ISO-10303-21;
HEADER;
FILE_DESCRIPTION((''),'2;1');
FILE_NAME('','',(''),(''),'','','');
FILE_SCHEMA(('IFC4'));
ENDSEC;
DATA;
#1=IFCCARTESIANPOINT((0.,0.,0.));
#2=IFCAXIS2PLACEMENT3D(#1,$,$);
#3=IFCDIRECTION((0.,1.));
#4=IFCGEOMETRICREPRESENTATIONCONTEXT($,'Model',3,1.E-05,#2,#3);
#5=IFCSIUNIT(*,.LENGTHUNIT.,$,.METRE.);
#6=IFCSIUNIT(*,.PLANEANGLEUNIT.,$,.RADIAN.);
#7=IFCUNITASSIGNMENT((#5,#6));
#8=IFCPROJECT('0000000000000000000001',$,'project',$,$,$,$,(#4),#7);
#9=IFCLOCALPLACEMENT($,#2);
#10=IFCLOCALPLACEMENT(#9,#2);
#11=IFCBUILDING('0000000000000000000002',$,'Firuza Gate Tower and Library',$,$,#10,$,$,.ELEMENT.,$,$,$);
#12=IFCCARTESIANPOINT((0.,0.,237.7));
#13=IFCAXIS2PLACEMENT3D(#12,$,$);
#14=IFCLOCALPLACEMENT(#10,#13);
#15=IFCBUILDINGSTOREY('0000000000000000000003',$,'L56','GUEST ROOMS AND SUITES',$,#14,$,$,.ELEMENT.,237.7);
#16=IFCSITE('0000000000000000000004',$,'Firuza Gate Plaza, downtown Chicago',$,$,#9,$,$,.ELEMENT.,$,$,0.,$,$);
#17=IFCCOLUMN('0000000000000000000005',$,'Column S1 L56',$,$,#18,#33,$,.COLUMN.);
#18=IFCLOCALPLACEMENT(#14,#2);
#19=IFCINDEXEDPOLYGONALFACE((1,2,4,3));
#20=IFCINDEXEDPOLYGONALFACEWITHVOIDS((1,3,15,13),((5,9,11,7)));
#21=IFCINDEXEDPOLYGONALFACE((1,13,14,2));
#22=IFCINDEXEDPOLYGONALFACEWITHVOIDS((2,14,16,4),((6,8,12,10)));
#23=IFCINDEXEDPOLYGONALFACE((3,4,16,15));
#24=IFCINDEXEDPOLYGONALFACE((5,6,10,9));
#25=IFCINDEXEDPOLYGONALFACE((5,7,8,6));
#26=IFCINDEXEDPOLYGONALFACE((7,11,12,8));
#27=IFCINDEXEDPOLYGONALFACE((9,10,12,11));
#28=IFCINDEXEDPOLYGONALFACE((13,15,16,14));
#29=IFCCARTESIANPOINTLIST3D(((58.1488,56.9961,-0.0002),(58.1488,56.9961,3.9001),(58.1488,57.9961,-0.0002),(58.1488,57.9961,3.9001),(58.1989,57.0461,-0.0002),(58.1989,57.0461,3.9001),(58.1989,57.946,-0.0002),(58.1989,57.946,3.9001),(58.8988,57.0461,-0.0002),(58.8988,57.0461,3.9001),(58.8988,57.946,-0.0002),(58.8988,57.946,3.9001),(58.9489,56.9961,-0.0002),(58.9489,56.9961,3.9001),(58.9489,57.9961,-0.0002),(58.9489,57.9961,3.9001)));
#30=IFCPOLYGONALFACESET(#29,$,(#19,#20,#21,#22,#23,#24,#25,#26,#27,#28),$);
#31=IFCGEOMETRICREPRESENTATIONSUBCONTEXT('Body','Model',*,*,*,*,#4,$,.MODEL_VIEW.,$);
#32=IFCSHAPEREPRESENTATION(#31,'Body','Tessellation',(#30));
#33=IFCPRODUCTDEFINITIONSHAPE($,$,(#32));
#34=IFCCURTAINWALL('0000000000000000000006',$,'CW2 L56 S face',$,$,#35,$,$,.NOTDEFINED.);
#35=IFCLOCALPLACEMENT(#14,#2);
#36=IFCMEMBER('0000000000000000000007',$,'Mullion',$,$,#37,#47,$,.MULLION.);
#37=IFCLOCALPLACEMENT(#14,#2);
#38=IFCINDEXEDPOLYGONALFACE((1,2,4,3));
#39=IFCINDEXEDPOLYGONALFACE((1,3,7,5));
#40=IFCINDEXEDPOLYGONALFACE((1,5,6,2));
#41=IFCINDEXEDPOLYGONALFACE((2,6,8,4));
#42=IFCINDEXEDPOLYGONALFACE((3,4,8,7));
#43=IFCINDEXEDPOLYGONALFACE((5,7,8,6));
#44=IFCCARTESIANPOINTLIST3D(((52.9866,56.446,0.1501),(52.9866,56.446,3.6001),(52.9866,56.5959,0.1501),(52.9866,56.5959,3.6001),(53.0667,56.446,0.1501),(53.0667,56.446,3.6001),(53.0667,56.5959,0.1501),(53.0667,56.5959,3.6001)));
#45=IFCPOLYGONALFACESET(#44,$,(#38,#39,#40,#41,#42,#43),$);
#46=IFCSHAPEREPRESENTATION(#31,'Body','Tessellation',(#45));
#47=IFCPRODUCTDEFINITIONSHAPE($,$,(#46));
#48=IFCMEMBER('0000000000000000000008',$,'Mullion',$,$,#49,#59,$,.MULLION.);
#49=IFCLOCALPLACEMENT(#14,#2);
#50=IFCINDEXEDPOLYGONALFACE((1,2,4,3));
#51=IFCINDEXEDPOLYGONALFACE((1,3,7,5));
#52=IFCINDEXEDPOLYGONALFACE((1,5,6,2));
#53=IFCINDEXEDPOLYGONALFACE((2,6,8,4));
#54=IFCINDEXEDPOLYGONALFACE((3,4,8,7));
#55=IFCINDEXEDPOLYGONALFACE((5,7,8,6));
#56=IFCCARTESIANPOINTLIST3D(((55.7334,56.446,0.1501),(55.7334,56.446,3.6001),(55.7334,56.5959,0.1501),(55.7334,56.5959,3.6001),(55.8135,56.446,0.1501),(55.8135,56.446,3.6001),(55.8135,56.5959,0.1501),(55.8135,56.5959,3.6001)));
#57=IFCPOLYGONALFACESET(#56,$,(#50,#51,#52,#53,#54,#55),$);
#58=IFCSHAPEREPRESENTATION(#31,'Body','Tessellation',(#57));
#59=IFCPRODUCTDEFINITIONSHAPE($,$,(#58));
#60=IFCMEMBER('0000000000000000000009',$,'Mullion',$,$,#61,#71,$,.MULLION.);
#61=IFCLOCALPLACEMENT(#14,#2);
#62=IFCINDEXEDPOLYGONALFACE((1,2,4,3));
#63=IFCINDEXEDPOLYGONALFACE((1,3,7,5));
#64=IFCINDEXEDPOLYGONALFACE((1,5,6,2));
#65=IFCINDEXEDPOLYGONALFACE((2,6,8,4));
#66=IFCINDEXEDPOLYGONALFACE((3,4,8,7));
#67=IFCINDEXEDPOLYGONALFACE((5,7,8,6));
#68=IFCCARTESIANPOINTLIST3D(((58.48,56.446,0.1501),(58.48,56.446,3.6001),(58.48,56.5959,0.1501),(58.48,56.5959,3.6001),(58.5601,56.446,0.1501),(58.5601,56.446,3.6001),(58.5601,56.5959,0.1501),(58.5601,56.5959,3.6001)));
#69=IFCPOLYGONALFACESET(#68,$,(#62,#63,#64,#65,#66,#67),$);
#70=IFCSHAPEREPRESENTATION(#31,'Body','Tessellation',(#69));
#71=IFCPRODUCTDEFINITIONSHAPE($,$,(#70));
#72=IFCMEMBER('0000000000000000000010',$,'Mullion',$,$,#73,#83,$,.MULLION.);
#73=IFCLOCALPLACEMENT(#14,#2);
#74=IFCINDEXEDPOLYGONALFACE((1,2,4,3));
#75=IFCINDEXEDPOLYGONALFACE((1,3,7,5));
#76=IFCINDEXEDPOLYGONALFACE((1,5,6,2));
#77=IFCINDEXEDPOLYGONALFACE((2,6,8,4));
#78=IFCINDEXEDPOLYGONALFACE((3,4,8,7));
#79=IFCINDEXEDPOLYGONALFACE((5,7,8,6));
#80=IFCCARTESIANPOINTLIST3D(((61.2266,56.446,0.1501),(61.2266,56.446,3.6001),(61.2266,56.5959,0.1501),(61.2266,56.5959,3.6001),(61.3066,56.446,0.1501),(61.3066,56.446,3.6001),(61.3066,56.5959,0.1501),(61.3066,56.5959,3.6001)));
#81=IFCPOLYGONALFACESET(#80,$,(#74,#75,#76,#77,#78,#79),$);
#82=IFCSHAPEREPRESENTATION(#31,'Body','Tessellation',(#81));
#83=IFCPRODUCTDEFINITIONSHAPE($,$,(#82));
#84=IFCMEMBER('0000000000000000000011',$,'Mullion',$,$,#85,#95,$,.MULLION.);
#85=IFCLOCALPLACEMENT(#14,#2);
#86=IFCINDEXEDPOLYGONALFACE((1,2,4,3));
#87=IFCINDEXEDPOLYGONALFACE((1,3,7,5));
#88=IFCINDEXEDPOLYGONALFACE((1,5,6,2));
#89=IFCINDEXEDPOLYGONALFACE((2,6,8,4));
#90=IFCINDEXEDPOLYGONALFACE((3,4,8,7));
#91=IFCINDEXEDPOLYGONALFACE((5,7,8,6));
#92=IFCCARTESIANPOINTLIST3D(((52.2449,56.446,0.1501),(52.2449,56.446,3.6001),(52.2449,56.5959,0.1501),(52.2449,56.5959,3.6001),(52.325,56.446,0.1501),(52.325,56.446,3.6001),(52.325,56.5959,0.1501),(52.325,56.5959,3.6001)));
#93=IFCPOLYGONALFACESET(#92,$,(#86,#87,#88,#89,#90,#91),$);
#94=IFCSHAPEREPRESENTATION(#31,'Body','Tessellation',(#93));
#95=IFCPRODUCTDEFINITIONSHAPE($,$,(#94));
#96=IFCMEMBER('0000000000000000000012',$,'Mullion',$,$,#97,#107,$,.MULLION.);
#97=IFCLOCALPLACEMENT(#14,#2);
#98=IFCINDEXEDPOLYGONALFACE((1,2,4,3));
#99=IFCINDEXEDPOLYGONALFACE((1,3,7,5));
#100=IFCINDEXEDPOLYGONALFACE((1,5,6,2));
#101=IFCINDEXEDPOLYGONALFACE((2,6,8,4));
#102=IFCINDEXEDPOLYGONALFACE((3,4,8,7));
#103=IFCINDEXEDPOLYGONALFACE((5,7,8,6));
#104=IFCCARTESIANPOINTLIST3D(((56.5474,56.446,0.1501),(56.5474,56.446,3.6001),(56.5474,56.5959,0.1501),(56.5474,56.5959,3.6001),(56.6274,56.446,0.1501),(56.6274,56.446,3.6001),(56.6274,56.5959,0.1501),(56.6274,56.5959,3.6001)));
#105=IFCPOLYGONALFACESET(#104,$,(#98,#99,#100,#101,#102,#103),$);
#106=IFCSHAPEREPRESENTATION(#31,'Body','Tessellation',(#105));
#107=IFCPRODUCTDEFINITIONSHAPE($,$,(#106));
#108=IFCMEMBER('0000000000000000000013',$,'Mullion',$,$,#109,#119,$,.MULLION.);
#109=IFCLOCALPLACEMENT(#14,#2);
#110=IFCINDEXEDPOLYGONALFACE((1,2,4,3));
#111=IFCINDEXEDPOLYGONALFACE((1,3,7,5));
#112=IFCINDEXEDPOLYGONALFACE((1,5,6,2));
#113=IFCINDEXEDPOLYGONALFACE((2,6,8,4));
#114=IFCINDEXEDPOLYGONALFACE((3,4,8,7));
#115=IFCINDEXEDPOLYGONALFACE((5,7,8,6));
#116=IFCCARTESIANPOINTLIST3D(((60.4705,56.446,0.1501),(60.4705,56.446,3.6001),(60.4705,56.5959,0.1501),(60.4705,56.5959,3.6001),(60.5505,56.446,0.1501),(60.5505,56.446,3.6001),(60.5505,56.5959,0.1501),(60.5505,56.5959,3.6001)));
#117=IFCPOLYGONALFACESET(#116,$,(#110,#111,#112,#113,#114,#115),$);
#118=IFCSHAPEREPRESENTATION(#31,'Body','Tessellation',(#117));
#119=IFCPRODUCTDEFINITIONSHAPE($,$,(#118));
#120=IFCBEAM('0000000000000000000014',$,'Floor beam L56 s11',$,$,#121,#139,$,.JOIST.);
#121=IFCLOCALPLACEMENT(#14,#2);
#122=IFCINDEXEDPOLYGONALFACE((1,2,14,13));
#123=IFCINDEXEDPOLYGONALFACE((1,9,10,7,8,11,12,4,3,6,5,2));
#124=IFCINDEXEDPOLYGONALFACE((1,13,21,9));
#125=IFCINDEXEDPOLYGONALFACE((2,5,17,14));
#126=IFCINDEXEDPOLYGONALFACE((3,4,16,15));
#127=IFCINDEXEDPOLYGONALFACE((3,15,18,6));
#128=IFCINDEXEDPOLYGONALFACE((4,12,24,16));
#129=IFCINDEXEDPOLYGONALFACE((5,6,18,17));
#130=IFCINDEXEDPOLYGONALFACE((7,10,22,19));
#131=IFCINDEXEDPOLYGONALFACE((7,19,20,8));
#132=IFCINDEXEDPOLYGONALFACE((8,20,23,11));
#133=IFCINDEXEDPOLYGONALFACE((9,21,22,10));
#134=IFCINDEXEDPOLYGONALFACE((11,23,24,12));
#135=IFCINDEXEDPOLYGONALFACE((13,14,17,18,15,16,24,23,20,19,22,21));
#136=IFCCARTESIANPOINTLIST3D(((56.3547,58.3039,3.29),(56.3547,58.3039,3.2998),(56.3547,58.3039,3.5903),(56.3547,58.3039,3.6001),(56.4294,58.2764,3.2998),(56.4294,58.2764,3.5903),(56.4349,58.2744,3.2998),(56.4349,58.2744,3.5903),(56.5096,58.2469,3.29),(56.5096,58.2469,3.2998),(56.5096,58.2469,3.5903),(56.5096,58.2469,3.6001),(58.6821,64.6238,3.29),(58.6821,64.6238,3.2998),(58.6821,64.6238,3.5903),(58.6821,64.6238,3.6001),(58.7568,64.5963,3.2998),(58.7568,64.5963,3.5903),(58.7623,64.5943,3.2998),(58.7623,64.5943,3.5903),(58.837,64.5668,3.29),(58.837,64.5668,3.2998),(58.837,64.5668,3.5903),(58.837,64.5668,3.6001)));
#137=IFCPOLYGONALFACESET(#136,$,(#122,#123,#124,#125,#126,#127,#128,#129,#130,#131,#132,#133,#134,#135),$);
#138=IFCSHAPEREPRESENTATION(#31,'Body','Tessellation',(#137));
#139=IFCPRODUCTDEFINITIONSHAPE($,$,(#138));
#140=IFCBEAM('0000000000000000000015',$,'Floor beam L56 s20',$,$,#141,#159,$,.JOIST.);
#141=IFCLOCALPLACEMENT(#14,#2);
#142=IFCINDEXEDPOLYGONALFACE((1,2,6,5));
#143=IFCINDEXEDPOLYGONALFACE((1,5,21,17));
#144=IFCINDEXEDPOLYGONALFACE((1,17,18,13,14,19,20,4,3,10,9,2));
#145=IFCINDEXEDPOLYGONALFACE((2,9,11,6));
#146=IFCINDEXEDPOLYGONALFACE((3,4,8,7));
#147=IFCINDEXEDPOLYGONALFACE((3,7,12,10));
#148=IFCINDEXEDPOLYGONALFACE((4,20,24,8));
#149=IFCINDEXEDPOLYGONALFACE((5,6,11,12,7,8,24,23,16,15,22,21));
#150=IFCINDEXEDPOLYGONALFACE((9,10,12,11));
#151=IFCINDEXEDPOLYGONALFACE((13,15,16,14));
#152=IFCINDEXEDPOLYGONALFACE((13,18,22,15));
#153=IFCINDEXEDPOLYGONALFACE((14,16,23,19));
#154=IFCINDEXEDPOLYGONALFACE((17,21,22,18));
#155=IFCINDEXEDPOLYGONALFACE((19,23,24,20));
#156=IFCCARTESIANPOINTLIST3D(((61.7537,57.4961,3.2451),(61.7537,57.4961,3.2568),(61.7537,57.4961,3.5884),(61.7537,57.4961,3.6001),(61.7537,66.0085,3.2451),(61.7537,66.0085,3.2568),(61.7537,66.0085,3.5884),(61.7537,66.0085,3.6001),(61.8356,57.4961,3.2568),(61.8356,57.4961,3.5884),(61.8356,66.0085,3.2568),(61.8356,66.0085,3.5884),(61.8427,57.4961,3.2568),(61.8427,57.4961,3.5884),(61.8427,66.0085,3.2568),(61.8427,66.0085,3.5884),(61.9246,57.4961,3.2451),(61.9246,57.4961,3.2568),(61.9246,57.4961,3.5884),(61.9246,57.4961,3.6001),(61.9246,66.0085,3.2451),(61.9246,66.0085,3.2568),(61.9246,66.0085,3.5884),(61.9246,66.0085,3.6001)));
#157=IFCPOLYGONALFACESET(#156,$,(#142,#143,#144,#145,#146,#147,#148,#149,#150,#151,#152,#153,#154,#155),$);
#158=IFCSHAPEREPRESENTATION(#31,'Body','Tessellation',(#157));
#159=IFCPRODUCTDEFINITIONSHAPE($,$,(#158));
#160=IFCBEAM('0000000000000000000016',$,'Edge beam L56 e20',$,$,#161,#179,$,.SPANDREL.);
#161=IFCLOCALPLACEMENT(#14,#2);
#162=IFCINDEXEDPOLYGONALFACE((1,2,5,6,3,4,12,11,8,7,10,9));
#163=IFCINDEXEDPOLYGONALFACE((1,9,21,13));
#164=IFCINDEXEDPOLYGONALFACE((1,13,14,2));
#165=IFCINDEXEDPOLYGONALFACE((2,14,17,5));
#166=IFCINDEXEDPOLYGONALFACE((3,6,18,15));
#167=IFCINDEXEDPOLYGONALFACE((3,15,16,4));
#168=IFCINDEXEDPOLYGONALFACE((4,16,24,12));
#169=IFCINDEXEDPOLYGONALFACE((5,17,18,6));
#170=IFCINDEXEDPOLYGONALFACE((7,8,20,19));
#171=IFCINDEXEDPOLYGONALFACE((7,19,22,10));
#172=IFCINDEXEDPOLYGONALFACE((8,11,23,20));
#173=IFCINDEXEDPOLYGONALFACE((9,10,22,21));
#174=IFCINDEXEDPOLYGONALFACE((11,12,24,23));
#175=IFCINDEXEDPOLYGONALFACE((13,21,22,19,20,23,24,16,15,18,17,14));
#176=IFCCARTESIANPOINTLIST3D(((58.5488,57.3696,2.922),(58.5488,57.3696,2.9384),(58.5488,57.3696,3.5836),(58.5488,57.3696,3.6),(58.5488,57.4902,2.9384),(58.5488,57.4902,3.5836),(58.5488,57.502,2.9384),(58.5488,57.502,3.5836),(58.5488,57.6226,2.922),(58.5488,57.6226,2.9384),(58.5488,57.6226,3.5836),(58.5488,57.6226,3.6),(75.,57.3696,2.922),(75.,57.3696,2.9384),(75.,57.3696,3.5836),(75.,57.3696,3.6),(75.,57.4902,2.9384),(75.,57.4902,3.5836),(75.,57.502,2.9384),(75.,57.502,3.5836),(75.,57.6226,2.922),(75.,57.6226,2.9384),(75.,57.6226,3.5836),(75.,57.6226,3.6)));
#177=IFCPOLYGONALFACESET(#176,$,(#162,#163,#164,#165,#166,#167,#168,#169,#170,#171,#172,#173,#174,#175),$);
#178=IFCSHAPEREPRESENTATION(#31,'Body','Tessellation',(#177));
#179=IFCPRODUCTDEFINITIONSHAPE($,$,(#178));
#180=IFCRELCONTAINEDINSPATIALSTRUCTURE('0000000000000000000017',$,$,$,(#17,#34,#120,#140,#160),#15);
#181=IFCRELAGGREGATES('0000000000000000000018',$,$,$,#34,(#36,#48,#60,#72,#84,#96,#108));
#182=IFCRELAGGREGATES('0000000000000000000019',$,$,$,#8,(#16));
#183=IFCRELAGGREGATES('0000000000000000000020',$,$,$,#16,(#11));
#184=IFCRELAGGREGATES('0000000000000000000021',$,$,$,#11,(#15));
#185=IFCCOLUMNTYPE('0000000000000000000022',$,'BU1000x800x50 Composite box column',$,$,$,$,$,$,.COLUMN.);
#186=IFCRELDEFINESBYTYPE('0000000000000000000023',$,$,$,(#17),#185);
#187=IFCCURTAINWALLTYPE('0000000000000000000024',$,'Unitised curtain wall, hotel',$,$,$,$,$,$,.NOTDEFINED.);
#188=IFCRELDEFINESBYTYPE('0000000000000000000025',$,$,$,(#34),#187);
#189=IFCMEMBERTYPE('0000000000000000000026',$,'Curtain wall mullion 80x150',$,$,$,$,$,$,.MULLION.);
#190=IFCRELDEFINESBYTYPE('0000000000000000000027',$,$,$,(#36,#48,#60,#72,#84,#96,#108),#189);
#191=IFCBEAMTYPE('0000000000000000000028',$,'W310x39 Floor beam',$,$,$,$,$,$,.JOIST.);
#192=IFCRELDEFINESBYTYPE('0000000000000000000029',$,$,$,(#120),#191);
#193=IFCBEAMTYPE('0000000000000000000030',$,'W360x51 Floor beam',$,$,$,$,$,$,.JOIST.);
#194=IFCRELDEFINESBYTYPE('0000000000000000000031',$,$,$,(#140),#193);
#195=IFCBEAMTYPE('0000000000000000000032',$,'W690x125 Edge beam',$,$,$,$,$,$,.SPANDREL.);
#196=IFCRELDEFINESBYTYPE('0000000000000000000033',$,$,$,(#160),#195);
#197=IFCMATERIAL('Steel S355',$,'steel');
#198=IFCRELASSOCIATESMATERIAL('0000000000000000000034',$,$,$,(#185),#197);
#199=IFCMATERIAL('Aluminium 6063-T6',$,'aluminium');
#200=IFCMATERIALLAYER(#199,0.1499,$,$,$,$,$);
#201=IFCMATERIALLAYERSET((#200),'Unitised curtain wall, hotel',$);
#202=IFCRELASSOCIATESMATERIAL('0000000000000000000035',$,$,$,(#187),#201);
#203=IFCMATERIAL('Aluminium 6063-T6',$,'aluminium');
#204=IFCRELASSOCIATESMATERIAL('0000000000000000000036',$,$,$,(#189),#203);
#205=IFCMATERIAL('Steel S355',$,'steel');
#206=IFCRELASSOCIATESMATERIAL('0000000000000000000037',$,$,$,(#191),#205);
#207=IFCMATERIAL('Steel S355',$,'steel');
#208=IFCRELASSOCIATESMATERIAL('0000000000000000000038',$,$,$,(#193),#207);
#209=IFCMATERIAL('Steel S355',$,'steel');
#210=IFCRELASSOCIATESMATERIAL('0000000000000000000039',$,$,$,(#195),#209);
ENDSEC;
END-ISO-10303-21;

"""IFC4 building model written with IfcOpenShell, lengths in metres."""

from ifc_helpers import new_model, si_unit, direction, frame, origin, origin_2d, place, context, subcontext, project, spatial, rectangle, hollow_rectangle, i_section, extrude, material, layer, layer_set, material_profile, profile_set, type_object, element, aggregate, save


model = new_model("IFC4")

# Units and contexts
model_context = context("Model", 3, precision=1e-05, world=origin(), true_north=direction((0.0, 1.0)))
body_context = subcontext(model_context, "Body", "Model", "MODEL_VIEW")
ifc_project = project(units=[si_unit("LENGTHUNIT", "METRE"), si_unit("PLANEANGLEUNIT", "RADIAN")], contexts=[model_context])

# Site, building, storey
site_placement = place(None, origin())
site = spatial("IfcSite", under=ifc_project, at=site_placement, Name="Firuza Gate Plaza, downtown Chicago", CompositionType="ELEMENT", RefElevation=0.0)
building_placement = place(site_placement, origin())
building = spatial("IfcBuilding", under=site, at=building_placement, Name="Firuza Gate Tower and Library", CompositionType="ELEMENT")
storey_placement = place(building_placement, frame((0.0, 0.0, 237.7)))
storey = spatial("IfcBuildingStorey", under=building, at=storey_placement, Name="L56", Description="GUEST ROOMS AND SUITES", CompositionType="ELEMENT", Elevation=237.7)

# Column
ifc_material_1 = material(Name="Steel S355", Category="steel")
ifc_material_profile_1 = material_profile(ifc_material_1, hollow_rectangle(XDim=0.8, YDim=1.0, WallThickness=0.05, at=origin_2d()))
ifc_profile_set_1 = profile_set([ifc_material_profile_1], Name="Steel S355")
column_type = type_object("IfcColumnType", Name="BU1000x800x50 Composite box column", PredefinedType="COLUMN", material=ifc_profile_set_1)
column_placement = place(storey_placement, frame((58.5488, 57.4961, -0.0002), z_axis=(0.0, 0.0, 1.0), x_axis=(1.0, 0.0, 0.0)))
element("IfcColumn", 1, at=column_placement, inside=storey, type_object=column_type, Name="Column S1 L56", PredefinedType="COLUMN", context=body_context, shape_type="SweptSolid", body=[
    extrude(hollow_rectangle(XDim=0.8, YDim=1.0, WallThickness=0.05, at=origin_2d()), origin(), (0.0, 0.0, 1.0), 3.9004),
])

# Curtain wall, members
ifc_material_2 = material(Name="Aluminium 6063-T6", Category="aluminium")
ifc_layer_1 = layer(ifc_material_2, 0.1499)
ifc_layer_set_1 = layer_set([ifc_layer_1], Name="Unitised curtain wall, hotel")
curtain_wall_type = type_object("IfcCurtainWallType", Name="Unitised curtain wall, hotel", PredefinedType="NOTDEFINED", material=ifc_layer_set_1)
curtain_wall_placement = place(storey_placement, origin())
curtain_wall = element("IfcCurtainWall", 2, at=curtain_wall_placement, inside=storey, type_object=curtain_wall_type, Name="CW2 L56 S face", PredefinedType="NOTDEFINED")
ifc_material_3 = material(Name="Aluminium 6063-T6", Category="aluminium")
ifc_material_profile_2 = material_profile(ifc_material_3, rectangle(XDim=0.1499, YDim=0.0801, at=origin_2d()))
ifc_profile_set_2 = profile_set([ifc_material_profile_2], Name="Aluminium 6063-T6")
member_type = type_object("IfcMemberType", Name="Curtain wall mullion 80x150", PredefinedType="MULLION", material=ifc_profile_set_2)
member_1_placement = place(storey_placement, frame((53.0266, 56.521, 0.1501), z_axis=(0.0, 0.0, 1.0), x_axis=(0.0, 1.0, 0.0)))
member_1 = element("IfcMember", 3, at=member_1_placement, type_object=member_type, Name="Mullion", PredefinedType="MULLION", context=body_context, shape_type="SweptSolid", body=[
    extrude(rectangle(XDim=0.1499, YDim=0.0801, at=origin_2d()), origin(), (0.0, 0.0, 1.0), 3.45),
])
member_2_placement = place(storey_placement, frame((55.7734, 56.521, 0.1501), z_axis=(0.0, 0.0, 1.0), x_axis=(0.0, 1.0, 0.0)))
member_2 = element("IfcMember", 4, at=member_2_placement, type_object=member_type, Name="Mullion", PredefinedType="MULLION", context=body_context, shape_type="SweptSolid", body=[
    extrude(rectangle(XDim=0.1499, YDim=0.0801, at=origin_2d()), origin(), (0.0, 0.0, 1.0), 3.45),
])
member_3_placement = place(storey_placement, frame((58.52, 56.521, 0.1501), z_axis=(0.0, 0.0, 1.0), x_axis=(0.0, 1.0, 0.0)))
member_3 = element("IfcMember", 5, at=member_3_placement, type_object=member_type, Name="Mullion", PredefinedType="MULLION", context=body_context, shape_type="SweptSolid", body=[
    extrude(rectangle(XDim=0.1499, YDim=0.0801, at=origin_2d()), origin(), (0.0, 0.0, 1.0), 3.45),
])
member_4_placement = place(storey_placement, frame((61.2666, 56.521, 0.1501), z_axis=(0.0, 0.0, 1.0), x_axis=(0.0, 1.0, 0.0)))
member_4 = element("IfcMember", 6, at=member_4_placement, type_object=member_type, Name="Mullion", PredefinedType="MULLION", context=body_context, shape_type="SweptSolid", body=[
    extrude(rectangle(XDim=0.1499, YDim=0.0801, at=origin_2d()), origin(), (0.0, 0.0, 1.0), 3.45),
])
member_5_placement = place(storey_placement, frame((52.2849, 56.521, 0.1501), z_axis=(0.0, 0.0, 1.0), x_axis=(0.0, 1.0, 0.0)))
member_5 = element("IfcMember", 7, at=member_5_placement, type_object=member_type, Name="Mullion", PredefinedType="MULLION", context=body_context, shape_type="SweptSolid", body=[
    extrude(rectangle(XDim=0.1499, YDim=0.0801, at=origin_2d()), origin(), (0.0, 0.0, 1.0), 3.45),
])
member_6_placement = place(storey_placement, frame((56.5874, 56.521, 0.1501), z_axis=(0.0, 0.0, 1.0), x_axis=(0.0, 1.0, 0.0)))
member_6 = element("IfcMember", 8, at=member_6_placement, type_object=member_type, Name="Mullion", PredefinedType="MULLION", context=body_context, shape_type="SweptSolid", body=[
    extrude(rectangle(XDim=0.1499, YDim=0.0801, at=origin_2d()), origin(), (0.0, 0.0, 1.0), 3.45),
])
member_7_placement = place(storey_placement, frame((60.5105, 56.521, 0.1501), z_axis=(0.0, 0.0, 1.0), x_axis=(0.0, 1.0, 0.0)))
member_7 = element("IfcMember", 9, at=member_7_placement, type_object=member_type, Name="Mullion", PredefinedType="MULLION", context=body_context, shape_type="SweptSolid", body=[
    extrude(rectangle(XDim=0.1499, YDim=0.0801, at=origin_2d()), origin(), (0.0, 0.0, 1.0), 3.45),
])

# Beams
ifc_material_4 = material(Name="Steel S355", Category="steel")
ifc_material_profile_3 = material_profile(ifc_material_4, i_section(OverallWidth=0.165, OverallDepth=0.3101, WebThickness=0.0059, FlangeThickness=0.0098, at=origin_2d()))
ifc_profile_set_3 = profile_set([ifc_material_profile_3], Name="Steel S355")
beam_type_1 = type_object("IfcBeamType", Name="W310x39 Floor beam", PredefinedType="JOIST", material=ifc_profile_set_3)
beam_1_placement = place(storey_placement, frame((56.4321, 58.2754, 3.4451), z_axis=(0.345579, 0.93839, 0.0), x_axis=(-0.93839, 0.345579, 0.0)))
element("IfcBeam", 10, at=beam_1_placement, inside=storey, type_object=beam_type_1, Name="Floor beam L56 s11", PredefinedType="JOIST", context=body_context, shape_type="SweptSolid", body=[
    extrude(i_section(OverallWidth=0.165, OverallDepth=0.3101, WebThickness=0.0059, FlangeThickness=0.0098, at=origin_2d()), origin(), (0.0, 0.0, 1.0), 6.7349),
])
ifc_material_5 = material(Name="Steel S355", Category="steel")
ifc_material_profile_4 = material_profile(ifc_material_5, i_section(OverallWidth=0.1709, OverallDepth=0.355, WebThickness=0.0071, FlangeThickness=0.0117, at=origin_2d()))
ifc_profile_set_4 = profile_set([ifc_material_profile_4], Name="Steel S355")
beam_type_2 = type_object("IfcBeamType", Name="W360x51 Floor beam", PredefinedType="JOIST", material=ifc_profile_set_4)
beam_2_placement = place(storey_placement, frame((61.8391, 57.4961, 3.4226), z_axis=(0.0, 1.0, 0.0), x_axis=(-1.0, 0.0, 0.0)))
element("IfcBeam", 11, at=beam_2_placement, inside=storey, type_object=beam_type_2, Name="Floor beam L56 s20", PredefinedType="JOIST", context=body_context, shape_type="SweptSolid", body=[
    extrude(i_section(OverallWidth=0.1709, OverallDepth=0.355, WebThickness=0.0071, FlangeThickness=0.0117, at=origin_2d()), origin(), (0.0, 0.0, 1.0), 8.5125),
])
ifc_material_6 = material(Name="Steel S355", Category="steel")
ifc_material_profile_5 = material_profile(ifc_material_6, i_section(OverallWidth=0.2529, OverallDepth=0.678, WebThickness=0.0117, FlangeThickness=0.0164, at=origin_2d()))
ifc_profile_set_5 = profile_set([ifc_material_profile_5], Name="Steel S355")
beam_type_3 = type_object("IfcBeamType", Name="W690x125 Edge beam", PredefinedType="SPANDREL", material=ifc_profile_set_5)
beam_3_placement = place(storey_placement, frame((58.5488, 57.4961, 3.261), z_axis=(1.0, 0.0, 0.0), x_axis=(0.0, 1.0, 0.0)))
element("IfcBeam", 12, at=beam_3_placement, inside=storey, type_object=beam_type_3, Name="Edge beam L56 e20", PredefinedType="SPANDREL", context=body_context, shape_type="SweptSolid", body=[
    extrude(i_section(OverallWidth=0.2529, OverallDepth=0.678, WebThickness=0.0117, FlangeThickness=0.0164, at=origin_2d()), origin(), (0.0, 0.0, 1.0), 16.4512),
])

aggregate(curtain_wall, [member_1, member_2, member_3, member_4, member_5, member_6, member_7])

save(model, "model.ifc")
